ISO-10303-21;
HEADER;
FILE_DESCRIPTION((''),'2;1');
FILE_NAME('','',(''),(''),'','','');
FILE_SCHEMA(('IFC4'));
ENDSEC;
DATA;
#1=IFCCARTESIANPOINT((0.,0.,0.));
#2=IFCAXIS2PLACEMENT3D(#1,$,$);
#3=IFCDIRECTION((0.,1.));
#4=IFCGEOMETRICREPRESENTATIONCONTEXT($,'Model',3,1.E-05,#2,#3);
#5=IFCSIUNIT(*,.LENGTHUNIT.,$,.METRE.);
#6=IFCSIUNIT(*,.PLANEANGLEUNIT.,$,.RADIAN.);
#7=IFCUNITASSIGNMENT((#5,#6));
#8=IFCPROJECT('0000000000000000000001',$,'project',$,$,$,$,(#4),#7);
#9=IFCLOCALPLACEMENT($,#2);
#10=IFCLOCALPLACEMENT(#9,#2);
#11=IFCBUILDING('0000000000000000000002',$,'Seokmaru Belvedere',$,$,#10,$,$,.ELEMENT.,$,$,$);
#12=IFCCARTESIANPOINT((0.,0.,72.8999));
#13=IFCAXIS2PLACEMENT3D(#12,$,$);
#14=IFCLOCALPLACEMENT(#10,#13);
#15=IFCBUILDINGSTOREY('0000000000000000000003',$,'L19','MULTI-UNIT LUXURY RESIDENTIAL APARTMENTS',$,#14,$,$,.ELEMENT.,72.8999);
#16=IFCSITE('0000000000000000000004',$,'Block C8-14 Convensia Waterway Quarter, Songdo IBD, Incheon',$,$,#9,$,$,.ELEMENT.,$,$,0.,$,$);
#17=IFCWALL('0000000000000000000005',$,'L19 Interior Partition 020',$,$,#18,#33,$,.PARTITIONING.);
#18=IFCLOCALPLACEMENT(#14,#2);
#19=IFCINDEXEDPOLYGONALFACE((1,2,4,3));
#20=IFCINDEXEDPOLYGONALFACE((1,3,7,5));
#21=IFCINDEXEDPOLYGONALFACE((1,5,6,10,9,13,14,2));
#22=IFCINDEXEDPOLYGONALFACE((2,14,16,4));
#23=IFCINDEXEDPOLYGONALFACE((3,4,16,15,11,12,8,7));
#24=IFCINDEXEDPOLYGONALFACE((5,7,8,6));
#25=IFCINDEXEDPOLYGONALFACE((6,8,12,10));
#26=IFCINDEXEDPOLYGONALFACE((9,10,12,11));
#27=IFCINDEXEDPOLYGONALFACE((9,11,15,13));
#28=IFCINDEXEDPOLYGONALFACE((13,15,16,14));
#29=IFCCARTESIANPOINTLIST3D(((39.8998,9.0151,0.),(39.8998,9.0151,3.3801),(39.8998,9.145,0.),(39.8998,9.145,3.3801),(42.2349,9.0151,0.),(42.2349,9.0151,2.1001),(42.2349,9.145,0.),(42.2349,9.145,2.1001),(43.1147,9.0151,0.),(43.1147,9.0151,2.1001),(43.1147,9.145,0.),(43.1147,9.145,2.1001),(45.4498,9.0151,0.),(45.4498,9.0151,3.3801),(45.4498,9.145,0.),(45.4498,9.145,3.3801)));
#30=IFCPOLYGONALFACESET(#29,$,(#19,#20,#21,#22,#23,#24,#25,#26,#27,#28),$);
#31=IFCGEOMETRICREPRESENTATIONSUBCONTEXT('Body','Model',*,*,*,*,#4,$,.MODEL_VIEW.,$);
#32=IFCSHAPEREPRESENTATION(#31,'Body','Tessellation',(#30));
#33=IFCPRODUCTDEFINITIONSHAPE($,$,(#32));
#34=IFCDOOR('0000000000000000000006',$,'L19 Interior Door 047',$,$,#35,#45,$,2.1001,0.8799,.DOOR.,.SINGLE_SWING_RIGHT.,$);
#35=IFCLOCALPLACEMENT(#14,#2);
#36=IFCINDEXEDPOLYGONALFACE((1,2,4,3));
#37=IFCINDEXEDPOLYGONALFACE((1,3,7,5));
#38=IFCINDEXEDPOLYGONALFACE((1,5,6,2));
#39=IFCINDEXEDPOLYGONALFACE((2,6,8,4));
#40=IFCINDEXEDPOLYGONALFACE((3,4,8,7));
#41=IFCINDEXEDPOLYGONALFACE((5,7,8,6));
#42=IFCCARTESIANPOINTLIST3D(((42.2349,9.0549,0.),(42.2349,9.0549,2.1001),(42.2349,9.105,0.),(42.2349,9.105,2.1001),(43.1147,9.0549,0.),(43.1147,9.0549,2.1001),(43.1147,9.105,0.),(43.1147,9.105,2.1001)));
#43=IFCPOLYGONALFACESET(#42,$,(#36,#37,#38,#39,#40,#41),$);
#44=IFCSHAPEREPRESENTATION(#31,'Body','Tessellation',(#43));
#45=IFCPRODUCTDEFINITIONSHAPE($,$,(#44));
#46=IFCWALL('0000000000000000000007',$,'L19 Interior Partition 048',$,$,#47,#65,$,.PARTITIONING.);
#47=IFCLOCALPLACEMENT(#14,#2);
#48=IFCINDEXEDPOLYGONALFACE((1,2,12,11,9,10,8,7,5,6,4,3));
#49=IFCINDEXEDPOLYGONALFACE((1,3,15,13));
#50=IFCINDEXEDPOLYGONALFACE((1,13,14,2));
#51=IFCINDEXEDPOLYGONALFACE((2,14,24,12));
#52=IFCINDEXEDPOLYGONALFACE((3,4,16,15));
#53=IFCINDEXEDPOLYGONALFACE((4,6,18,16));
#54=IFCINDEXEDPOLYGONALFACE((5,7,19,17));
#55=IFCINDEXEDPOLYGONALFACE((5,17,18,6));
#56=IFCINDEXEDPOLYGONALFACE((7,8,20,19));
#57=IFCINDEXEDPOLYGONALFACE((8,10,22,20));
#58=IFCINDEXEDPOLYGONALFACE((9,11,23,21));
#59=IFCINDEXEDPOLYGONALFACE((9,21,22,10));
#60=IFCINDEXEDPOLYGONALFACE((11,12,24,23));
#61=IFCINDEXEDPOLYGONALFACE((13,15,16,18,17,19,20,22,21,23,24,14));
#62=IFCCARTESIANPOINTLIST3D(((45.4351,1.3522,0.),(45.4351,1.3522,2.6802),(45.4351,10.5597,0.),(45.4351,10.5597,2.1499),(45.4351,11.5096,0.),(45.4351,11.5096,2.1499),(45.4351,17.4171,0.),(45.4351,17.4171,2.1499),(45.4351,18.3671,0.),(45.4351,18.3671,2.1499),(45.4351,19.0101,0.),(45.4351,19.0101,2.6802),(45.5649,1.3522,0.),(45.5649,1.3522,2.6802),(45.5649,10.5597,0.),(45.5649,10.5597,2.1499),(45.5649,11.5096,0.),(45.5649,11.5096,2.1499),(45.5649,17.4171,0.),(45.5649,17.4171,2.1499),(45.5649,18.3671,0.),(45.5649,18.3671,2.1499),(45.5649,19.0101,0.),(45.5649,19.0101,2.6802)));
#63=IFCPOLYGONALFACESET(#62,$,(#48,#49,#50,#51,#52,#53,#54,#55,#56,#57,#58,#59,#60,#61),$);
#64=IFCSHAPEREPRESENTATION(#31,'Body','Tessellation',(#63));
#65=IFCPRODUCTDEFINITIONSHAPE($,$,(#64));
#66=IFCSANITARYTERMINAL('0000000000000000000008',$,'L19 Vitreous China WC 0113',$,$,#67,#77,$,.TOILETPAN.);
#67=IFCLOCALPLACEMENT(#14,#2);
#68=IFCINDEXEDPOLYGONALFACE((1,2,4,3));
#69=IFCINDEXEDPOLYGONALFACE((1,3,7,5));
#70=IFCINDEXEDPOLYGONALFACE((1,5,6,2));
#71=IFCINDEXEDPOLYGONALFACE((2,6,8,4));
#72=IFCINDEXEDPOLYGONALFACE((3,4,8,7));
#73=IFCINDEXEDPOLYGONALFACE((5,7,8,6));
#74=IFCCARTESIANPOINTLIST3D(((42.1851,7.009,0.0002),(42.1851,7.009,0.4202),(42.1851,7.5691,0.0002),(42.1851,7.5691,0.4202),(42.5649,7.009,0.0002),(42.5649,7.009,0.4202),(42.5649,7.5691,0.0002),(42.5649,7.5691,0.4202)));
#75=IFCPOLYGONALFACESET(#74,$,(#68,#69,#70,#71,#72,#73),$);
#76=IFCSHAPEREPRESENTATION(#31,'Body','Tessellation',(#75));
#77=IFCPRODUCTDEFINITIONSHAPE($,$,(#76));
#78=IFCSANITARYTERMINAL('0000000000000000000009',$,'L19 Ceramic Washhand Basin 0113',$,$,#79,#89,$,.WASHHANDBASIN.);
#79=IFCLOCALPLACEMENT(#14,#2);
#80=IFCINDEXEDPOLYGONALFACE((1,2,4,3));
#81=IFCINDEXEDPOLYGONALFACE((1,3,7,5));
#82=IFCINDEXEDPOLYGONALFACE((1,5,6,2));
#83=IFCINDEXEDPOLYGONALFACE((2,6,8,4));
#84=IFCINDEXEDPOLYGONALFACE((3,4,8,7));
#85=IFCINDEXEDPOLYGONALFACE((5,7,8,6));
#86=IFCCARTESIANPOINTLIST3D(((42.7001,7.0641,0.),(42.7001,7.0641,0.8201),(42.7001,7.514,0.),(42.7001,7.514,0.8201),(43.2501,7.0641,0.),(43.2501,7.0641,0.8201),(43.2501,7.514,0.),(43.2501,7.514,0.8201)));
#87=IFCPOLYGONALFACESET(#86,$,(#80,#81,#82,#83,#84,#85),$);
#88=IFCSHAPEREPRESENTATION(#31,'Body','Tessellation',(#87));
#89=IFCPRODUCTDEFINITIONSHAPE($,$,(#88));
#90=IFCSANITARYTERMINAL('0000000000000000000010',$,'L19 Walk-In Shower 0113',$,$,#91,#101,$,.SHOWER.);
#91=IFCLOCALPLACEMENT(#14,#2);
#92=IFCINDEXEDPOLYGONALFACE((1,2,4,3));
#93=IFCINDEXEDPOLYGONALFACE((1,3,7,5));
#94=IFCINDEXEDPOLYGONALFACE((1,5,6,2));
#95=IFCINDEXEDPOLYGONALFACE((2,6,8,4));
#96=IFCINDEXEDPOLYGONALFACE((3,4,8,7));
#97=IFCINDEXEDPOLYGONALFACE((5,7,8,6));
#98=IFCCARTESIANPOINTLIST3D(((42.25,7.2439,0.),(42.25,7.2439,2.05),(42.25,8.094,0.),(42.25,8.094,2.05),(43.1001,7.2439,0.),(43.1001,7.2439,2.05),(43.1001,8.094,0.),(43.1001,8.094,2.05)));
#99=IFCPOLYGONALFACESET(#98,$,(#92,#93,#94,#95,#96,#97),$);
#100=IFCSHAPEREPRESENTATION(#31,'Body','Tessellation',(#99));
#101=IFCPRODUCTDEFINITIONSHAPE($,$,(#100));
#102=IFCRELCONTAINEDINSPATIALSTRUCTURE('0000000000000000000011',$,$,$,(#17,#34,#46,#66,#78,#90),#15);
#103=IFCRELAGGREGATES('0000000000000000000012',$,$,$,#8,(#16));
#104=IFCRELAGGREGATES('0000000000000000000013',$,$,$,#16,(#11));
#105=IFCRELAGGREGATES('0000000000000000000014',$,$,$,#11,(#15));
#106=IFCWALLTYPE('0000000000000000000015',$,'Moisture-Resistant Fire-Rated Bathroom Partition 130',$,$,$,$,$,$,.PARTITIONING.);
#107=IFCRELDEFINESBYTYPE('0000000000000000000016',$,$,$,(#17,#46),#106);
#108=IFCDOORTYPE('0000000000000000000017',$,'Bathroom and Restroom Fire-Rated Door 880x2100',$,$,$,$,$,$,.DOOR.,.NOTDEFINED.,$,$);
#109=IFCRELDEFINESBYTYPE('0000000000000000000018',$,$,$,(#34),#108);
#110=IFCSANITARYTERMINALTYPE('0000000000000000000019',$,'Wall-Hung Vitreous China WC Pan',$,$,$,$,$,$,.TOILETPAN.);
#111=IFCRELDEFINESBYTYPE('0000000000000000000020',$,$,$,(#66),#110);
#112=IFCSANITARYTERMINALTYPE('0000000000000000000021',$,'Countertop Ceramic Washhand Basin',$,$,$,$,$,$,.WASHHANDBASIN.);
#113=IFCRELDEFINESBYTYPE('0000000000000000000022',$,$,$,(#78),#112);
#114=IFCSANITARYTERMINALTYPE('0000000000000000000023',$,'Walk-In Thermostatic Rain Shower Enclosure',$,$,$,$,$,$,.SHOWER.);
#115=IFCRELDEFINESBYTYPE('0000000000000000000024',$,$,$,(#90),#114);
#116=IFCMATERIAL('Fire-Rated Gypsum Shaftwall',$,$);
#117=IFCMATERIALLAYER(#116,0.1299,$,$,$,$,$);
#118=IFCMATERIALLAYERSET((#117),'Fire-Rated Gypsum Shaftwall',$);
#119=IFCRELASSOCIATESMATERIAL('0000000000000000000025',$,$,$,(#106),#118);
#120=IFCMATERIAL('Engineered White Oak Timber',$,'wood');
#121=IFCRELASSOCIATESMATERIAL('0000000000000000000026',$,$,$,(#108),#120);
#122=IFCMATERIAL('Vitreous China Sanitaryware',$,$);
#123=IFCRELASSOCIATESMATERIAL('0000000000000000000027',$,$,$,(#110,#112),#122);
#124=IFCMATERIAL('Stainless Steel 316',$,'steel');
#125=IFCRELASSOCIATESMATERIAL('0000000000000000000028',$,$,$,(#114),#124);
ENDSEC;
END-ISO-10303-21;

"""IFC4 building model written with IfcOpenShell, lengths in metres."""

from ifc_helpers import new_model, si_unit, direction, frame, frame_2d, origin, origin_2d, place, context, subcontext, project, spatial, rectangle, extrude, source, transform, mapped, material, layer, layer_set, type_object, type_shapes, element, fill, save


model = new_model("IFC4")

# Units and contexts
model_context = context("Model", 3, precision=1e-05, world=origin(), true_north=direction((0.0, 1.0)))
body_context = subcontext(model_context, "Body", "Model", "MODEL_VIEW")
ifc_project = project(units=[si_unit("LENGTHUNIT", "METRE"), si_unit("PLANEANGLEUNIT", "RADIAN")], contexts=[model_context])

# Site, building, storey
site_placement = place(None, origin())
site = spatial("IfcSite", under=ifc_project, at=site_placement, Name="Block C8-14 Convensia Waterway Quarter, Songdo IBD, Incheon", CompositionType="ELEMENT", RefElevation=0.0)
building_placement = place(site_placement, origin())
building = spatial("IfcBuilding", under=site, at=building_placement, Name="Seokmaru Belvedere", CompositionType="ELEMENT")
storey_placement = place(building_placement, frame((0.0, 0.0, 72.8999)))
storey = spatial("IfcBuildingStorey", under=building, at=storey_placement, Name="L19", Description="MULTI-UNIT LUXURY RESIDENTIAL APARTMENTS", CompositionType="ELEMENT", Elevation=72.8999)

# Shared definitions
ifc_material_1 = material(Name="Fire-Rated Gypsum Shaftwall")

# Wall, opening, door
ifc_layer_1 = layer(ifc_material_1, 0.1299)
ifc_layer_set_1 = layer_set([ifc_layer_1], Name="Fire-Rated Gypsum Shaftwall")
wall_type_1 = type_object("IfcWallType", Name="Moisture-Resistant Fire-Rated Bathroom Partition 130", PredefinedType="PARTITIONING", material=ifc_layer_set_1)
wall_1_placement = place(storey_placement, frame((39.8999, 9.0801, 0.0), z_axis=(0.0, 0.0, 1.0), x_axis=(1.0, 0.0, 0.0)))
wall_1 = element("IfcWall", 1, at=wall_1_placement, inside=storey, type_object=wall_type_1, Name="L19 Interior Partition 020", PredefinedType="PARTITIONING", context=body_context, shape_type="SweptSolid", body=[
    extrude(rectangle(XDim=5.55, YDim=0.1299, at=frame_2d((2.7749, 0.0))), origin(), (0.0, 0.0, 1.0), 3.3801),
])
opening_1_placement = place(wall_1_placement, frame((2.335, 0.0, 0.0)))
opening_1 = element("IfcOpeningElement", 2, at=opening_1_placement, cuts=wall_1, PredefinedType="OPENING", context=body_context, shape_type="SweptSolid", body=[
    extrude(rectangle(XDim=0.8799, YDim=2.1001, at=frame_2d((0.4399, 1.05))), frame((0.0, 0.075, 0.0), z_axis=(0.0, -1.0, 0.0), x_axis=(1.0, 0.0, 0.0)), (0.0, 0.0, 1.0), 0.1499),
])
ifc_material_2 = material(Name="Engineered White Oak Timber", Category="wood")
door_type_1 = type_object("IfcDoorType", Name="Bathroom and Restroom Fire-Rated Door 880x2100", OperationType="NOTDEFINED", PredefinedType="DOOR", material=ifc_material_2)
shared_shape_1 = source(origin(), body_context, "Body", "SweptSolid", [
    extrude(rectangle(XDim=0.8799, YDim=2.1001, at=frame_2d((0.4399, 1.05))), frame((0.0, 0.0249, 0.0), z_axis=(0.0, -1.0, 0.0), x_axis=(1.0, 0.0, 0.0)), (0.0, 0.0, 1.0), 0.05),
])
type_shapes(door_type_1, [shared_shape_1])
door_1_placement = place(opening_1_placement, origin())
door_1 = element("IfcDoor", 3, at=door_1_placement, inside=storey, type_object=door_type_1, Name="L19 Interior Door 047", OperationType="SINGLE_SWING_RIGHT", OverallHeight=2.1001, OverallWidth=0.8799, PredefinedType="DOOR", context=body_context, shape_type="MappedRepresentation", body=[
    mapped(shared_shape_1, transform((0.0, 0.0, 0.0), scale=1.0)),
])
fill(opening_1, door_1)

# Wall, openings
wall_2_placement = place(storey_placement, frame((45.5, 1.3521, 0.0), z_axis=(0.0, 0.0, 1.0), x_axis=(0.0, 1.0, 0.0)))
wall_2 = element("IfcWall", 4, at=wall_2_placement, inside=storey, type_object=wall_type_1, Name="L19 Interior Partition 048", PredefinedType="PARTITIONING", context=body_context, shape_type="SweptSolid", body=[
    extrude(rectangle(XDim=17.658, YDim=0.1299, at=frame_2d((8.8291, 0.0))), origin(), (0.0, 0.0, 1.0), 2.6802),
])
opening_2_placement = place(wall_2_placement, frame((9.2075, 0.0, 0.0)))
element("IfcOpeningElement", 5, at=opening_2_placement, cuts=wall_2, PredefinedType="OPENING", context=body_context, shape_type="SweptSolid", body=[
    extrude(rectangle(XDim=0.95, YDim=2.1499, at=frame_2d((0.4751, 1.075))), frame((0.0, 0.075, 0.0), z_axis=(0.0, -1.0, 0.0), x_axis=(1.0, 0.0, 0.0)), (0.0, 0.0, 1.0), 0.1499),
])
opening_3_placement = place(wall_2_placement, frame((16.0649, 0.0, 0.0)))
element("IfcOpeningElement", 6, at=opening_3_placement, cuts=wall_2, PredefinedType="OPENING", context=body_context, shape_type="SweptSolid", body=[
    extrude(rectangle(XDim=0.95, YDim=2.1499, at=frame_2d((0.4751, 1.075))), frame((0.0, 0.075, 0.0), z_axis=(0.0, -1.0, 0.0), x_axis=(1.0, 0.0, 0.0)), (0.0, 0.0, 1.0), 0.1499),
])

# Sanitary terminals
ifc_material_3 = material(Name="Vitreous China Sanitaryware")
sanitary_terminal_type_1 = type_object("IfcSanitaryTerminalType", Name="Wall-Hung Vitreous China WC Pan", PredefinedType="TOILETPAN", material=ifc_material_3)
shared_shape_2 = source(origin(), body_context, "Body", "SweptSolid", [
    extrude(rectangle(XDim=0.3799, YDim=0.5601, at=origin_2d()), origin(), (0.0, 0.0, 1.0), 0.4199),
])
type_shapes(sanitary_terminal_type_1, [shared_shape_2])
sanitary_terminal_1_placement = place(storey_placement, frame((42.375, 7.2891, 0.0002), z_axis=(0.0, 0.0, 1.0), x_axis=(1.0, 0.0, 0.0)))
element("IfcSanitaryTerminal", 7, at=sanitary_terminal_1_placement, inside=storey, type_object=sanitary_terminal_type_1, Name="L19 Vitreous China WC 0113", PredefinedType="TOILETPAN", context=body_context, shape_type="MappedRepresentation", body=[
    mapped(shared_shape_2, transform((0.0, 0.0, 0.0), scale=1.0)),
])
sanitary_terminal_type_2 = type_object("IfcSanitaryTerminalType", Name="Countertop Ceramic Washhand Basin", PredefinedType="WASHHANDBASIN", material=ifc_material_3)
shared_shape_3 = source(origin(), body_context, "Body", "SweptSolid", [
    extrude(rectangle(XDim=0.55, YDim=0.45, at=origin_2d()), origin(), (0.0, 0.0, 1.0), 0.8201),
])
type_shapes(sanitary_terminal_type_2, [shared_shape_3])
sanitary_terminal_2_placement = place(storey_placement, frame((42.9751, 7.2891, 0.0), z_axis=(0.0, 0.0, 1.0), x_axis=(1.0, 0.0, 0.0)))
element("IfcSanitaryTerminal", 8, at=sanitary_terminal_2_placement, inside=storey, type_object=sanitary_terminal_type_2, Name="L19 Ceramic Washhand Basin 0113", PredefinedType="WASHHANDBASIN", context=body_context, shape_type="MappedRepresentation", body=[
    mapped(shared_shape_3, transform((0.0, 0.0, 0.0), scale=1.0)),
])
ifc_material_4 = material(Name="Stainless Steel 316", Category="steel")
sanitary_terminal_type_3 = type_object("IfcSanitaryTerminalType", Name="Walk-In Thermostatic Rain Shower Enclosure", PredefinedType="SHOWER", material=ifc_material_4)
shared_shape_4 = source(origin(), body_context, "Body", "SweptSolid", [
    extrude(rectangle(XDim=0.8501, YDim=0.8501, at=origin_2d()), origin(), (0.0, 0.0, 1.0), 2.05),
])
type_shapes(sanitary_terminal_type_3, [shared_shape_4])
sanitary_terminal_3_placement = place(storey_placement, frame((42.675, 7.6689, 0.0), z_axis=(0.0, 0.0, 1.0), x_axis=(1.0, 0.0, 0.0)))
element("IfcSanitaryTerminal", 9, at=sanitary_terminal_3_placement, inside=storey, type_object=sanitary_terminal_type_3, Name="L19 Walk-In Shower 0113", PredefinedType="SHOWER", context=body_context, shape_type="MappedRepresentation", body=[
    mapped(shared_shape_4, transform((0.0, 0.0, 0.0), scale=1.0)),
])

save(model, "model.ifc")
